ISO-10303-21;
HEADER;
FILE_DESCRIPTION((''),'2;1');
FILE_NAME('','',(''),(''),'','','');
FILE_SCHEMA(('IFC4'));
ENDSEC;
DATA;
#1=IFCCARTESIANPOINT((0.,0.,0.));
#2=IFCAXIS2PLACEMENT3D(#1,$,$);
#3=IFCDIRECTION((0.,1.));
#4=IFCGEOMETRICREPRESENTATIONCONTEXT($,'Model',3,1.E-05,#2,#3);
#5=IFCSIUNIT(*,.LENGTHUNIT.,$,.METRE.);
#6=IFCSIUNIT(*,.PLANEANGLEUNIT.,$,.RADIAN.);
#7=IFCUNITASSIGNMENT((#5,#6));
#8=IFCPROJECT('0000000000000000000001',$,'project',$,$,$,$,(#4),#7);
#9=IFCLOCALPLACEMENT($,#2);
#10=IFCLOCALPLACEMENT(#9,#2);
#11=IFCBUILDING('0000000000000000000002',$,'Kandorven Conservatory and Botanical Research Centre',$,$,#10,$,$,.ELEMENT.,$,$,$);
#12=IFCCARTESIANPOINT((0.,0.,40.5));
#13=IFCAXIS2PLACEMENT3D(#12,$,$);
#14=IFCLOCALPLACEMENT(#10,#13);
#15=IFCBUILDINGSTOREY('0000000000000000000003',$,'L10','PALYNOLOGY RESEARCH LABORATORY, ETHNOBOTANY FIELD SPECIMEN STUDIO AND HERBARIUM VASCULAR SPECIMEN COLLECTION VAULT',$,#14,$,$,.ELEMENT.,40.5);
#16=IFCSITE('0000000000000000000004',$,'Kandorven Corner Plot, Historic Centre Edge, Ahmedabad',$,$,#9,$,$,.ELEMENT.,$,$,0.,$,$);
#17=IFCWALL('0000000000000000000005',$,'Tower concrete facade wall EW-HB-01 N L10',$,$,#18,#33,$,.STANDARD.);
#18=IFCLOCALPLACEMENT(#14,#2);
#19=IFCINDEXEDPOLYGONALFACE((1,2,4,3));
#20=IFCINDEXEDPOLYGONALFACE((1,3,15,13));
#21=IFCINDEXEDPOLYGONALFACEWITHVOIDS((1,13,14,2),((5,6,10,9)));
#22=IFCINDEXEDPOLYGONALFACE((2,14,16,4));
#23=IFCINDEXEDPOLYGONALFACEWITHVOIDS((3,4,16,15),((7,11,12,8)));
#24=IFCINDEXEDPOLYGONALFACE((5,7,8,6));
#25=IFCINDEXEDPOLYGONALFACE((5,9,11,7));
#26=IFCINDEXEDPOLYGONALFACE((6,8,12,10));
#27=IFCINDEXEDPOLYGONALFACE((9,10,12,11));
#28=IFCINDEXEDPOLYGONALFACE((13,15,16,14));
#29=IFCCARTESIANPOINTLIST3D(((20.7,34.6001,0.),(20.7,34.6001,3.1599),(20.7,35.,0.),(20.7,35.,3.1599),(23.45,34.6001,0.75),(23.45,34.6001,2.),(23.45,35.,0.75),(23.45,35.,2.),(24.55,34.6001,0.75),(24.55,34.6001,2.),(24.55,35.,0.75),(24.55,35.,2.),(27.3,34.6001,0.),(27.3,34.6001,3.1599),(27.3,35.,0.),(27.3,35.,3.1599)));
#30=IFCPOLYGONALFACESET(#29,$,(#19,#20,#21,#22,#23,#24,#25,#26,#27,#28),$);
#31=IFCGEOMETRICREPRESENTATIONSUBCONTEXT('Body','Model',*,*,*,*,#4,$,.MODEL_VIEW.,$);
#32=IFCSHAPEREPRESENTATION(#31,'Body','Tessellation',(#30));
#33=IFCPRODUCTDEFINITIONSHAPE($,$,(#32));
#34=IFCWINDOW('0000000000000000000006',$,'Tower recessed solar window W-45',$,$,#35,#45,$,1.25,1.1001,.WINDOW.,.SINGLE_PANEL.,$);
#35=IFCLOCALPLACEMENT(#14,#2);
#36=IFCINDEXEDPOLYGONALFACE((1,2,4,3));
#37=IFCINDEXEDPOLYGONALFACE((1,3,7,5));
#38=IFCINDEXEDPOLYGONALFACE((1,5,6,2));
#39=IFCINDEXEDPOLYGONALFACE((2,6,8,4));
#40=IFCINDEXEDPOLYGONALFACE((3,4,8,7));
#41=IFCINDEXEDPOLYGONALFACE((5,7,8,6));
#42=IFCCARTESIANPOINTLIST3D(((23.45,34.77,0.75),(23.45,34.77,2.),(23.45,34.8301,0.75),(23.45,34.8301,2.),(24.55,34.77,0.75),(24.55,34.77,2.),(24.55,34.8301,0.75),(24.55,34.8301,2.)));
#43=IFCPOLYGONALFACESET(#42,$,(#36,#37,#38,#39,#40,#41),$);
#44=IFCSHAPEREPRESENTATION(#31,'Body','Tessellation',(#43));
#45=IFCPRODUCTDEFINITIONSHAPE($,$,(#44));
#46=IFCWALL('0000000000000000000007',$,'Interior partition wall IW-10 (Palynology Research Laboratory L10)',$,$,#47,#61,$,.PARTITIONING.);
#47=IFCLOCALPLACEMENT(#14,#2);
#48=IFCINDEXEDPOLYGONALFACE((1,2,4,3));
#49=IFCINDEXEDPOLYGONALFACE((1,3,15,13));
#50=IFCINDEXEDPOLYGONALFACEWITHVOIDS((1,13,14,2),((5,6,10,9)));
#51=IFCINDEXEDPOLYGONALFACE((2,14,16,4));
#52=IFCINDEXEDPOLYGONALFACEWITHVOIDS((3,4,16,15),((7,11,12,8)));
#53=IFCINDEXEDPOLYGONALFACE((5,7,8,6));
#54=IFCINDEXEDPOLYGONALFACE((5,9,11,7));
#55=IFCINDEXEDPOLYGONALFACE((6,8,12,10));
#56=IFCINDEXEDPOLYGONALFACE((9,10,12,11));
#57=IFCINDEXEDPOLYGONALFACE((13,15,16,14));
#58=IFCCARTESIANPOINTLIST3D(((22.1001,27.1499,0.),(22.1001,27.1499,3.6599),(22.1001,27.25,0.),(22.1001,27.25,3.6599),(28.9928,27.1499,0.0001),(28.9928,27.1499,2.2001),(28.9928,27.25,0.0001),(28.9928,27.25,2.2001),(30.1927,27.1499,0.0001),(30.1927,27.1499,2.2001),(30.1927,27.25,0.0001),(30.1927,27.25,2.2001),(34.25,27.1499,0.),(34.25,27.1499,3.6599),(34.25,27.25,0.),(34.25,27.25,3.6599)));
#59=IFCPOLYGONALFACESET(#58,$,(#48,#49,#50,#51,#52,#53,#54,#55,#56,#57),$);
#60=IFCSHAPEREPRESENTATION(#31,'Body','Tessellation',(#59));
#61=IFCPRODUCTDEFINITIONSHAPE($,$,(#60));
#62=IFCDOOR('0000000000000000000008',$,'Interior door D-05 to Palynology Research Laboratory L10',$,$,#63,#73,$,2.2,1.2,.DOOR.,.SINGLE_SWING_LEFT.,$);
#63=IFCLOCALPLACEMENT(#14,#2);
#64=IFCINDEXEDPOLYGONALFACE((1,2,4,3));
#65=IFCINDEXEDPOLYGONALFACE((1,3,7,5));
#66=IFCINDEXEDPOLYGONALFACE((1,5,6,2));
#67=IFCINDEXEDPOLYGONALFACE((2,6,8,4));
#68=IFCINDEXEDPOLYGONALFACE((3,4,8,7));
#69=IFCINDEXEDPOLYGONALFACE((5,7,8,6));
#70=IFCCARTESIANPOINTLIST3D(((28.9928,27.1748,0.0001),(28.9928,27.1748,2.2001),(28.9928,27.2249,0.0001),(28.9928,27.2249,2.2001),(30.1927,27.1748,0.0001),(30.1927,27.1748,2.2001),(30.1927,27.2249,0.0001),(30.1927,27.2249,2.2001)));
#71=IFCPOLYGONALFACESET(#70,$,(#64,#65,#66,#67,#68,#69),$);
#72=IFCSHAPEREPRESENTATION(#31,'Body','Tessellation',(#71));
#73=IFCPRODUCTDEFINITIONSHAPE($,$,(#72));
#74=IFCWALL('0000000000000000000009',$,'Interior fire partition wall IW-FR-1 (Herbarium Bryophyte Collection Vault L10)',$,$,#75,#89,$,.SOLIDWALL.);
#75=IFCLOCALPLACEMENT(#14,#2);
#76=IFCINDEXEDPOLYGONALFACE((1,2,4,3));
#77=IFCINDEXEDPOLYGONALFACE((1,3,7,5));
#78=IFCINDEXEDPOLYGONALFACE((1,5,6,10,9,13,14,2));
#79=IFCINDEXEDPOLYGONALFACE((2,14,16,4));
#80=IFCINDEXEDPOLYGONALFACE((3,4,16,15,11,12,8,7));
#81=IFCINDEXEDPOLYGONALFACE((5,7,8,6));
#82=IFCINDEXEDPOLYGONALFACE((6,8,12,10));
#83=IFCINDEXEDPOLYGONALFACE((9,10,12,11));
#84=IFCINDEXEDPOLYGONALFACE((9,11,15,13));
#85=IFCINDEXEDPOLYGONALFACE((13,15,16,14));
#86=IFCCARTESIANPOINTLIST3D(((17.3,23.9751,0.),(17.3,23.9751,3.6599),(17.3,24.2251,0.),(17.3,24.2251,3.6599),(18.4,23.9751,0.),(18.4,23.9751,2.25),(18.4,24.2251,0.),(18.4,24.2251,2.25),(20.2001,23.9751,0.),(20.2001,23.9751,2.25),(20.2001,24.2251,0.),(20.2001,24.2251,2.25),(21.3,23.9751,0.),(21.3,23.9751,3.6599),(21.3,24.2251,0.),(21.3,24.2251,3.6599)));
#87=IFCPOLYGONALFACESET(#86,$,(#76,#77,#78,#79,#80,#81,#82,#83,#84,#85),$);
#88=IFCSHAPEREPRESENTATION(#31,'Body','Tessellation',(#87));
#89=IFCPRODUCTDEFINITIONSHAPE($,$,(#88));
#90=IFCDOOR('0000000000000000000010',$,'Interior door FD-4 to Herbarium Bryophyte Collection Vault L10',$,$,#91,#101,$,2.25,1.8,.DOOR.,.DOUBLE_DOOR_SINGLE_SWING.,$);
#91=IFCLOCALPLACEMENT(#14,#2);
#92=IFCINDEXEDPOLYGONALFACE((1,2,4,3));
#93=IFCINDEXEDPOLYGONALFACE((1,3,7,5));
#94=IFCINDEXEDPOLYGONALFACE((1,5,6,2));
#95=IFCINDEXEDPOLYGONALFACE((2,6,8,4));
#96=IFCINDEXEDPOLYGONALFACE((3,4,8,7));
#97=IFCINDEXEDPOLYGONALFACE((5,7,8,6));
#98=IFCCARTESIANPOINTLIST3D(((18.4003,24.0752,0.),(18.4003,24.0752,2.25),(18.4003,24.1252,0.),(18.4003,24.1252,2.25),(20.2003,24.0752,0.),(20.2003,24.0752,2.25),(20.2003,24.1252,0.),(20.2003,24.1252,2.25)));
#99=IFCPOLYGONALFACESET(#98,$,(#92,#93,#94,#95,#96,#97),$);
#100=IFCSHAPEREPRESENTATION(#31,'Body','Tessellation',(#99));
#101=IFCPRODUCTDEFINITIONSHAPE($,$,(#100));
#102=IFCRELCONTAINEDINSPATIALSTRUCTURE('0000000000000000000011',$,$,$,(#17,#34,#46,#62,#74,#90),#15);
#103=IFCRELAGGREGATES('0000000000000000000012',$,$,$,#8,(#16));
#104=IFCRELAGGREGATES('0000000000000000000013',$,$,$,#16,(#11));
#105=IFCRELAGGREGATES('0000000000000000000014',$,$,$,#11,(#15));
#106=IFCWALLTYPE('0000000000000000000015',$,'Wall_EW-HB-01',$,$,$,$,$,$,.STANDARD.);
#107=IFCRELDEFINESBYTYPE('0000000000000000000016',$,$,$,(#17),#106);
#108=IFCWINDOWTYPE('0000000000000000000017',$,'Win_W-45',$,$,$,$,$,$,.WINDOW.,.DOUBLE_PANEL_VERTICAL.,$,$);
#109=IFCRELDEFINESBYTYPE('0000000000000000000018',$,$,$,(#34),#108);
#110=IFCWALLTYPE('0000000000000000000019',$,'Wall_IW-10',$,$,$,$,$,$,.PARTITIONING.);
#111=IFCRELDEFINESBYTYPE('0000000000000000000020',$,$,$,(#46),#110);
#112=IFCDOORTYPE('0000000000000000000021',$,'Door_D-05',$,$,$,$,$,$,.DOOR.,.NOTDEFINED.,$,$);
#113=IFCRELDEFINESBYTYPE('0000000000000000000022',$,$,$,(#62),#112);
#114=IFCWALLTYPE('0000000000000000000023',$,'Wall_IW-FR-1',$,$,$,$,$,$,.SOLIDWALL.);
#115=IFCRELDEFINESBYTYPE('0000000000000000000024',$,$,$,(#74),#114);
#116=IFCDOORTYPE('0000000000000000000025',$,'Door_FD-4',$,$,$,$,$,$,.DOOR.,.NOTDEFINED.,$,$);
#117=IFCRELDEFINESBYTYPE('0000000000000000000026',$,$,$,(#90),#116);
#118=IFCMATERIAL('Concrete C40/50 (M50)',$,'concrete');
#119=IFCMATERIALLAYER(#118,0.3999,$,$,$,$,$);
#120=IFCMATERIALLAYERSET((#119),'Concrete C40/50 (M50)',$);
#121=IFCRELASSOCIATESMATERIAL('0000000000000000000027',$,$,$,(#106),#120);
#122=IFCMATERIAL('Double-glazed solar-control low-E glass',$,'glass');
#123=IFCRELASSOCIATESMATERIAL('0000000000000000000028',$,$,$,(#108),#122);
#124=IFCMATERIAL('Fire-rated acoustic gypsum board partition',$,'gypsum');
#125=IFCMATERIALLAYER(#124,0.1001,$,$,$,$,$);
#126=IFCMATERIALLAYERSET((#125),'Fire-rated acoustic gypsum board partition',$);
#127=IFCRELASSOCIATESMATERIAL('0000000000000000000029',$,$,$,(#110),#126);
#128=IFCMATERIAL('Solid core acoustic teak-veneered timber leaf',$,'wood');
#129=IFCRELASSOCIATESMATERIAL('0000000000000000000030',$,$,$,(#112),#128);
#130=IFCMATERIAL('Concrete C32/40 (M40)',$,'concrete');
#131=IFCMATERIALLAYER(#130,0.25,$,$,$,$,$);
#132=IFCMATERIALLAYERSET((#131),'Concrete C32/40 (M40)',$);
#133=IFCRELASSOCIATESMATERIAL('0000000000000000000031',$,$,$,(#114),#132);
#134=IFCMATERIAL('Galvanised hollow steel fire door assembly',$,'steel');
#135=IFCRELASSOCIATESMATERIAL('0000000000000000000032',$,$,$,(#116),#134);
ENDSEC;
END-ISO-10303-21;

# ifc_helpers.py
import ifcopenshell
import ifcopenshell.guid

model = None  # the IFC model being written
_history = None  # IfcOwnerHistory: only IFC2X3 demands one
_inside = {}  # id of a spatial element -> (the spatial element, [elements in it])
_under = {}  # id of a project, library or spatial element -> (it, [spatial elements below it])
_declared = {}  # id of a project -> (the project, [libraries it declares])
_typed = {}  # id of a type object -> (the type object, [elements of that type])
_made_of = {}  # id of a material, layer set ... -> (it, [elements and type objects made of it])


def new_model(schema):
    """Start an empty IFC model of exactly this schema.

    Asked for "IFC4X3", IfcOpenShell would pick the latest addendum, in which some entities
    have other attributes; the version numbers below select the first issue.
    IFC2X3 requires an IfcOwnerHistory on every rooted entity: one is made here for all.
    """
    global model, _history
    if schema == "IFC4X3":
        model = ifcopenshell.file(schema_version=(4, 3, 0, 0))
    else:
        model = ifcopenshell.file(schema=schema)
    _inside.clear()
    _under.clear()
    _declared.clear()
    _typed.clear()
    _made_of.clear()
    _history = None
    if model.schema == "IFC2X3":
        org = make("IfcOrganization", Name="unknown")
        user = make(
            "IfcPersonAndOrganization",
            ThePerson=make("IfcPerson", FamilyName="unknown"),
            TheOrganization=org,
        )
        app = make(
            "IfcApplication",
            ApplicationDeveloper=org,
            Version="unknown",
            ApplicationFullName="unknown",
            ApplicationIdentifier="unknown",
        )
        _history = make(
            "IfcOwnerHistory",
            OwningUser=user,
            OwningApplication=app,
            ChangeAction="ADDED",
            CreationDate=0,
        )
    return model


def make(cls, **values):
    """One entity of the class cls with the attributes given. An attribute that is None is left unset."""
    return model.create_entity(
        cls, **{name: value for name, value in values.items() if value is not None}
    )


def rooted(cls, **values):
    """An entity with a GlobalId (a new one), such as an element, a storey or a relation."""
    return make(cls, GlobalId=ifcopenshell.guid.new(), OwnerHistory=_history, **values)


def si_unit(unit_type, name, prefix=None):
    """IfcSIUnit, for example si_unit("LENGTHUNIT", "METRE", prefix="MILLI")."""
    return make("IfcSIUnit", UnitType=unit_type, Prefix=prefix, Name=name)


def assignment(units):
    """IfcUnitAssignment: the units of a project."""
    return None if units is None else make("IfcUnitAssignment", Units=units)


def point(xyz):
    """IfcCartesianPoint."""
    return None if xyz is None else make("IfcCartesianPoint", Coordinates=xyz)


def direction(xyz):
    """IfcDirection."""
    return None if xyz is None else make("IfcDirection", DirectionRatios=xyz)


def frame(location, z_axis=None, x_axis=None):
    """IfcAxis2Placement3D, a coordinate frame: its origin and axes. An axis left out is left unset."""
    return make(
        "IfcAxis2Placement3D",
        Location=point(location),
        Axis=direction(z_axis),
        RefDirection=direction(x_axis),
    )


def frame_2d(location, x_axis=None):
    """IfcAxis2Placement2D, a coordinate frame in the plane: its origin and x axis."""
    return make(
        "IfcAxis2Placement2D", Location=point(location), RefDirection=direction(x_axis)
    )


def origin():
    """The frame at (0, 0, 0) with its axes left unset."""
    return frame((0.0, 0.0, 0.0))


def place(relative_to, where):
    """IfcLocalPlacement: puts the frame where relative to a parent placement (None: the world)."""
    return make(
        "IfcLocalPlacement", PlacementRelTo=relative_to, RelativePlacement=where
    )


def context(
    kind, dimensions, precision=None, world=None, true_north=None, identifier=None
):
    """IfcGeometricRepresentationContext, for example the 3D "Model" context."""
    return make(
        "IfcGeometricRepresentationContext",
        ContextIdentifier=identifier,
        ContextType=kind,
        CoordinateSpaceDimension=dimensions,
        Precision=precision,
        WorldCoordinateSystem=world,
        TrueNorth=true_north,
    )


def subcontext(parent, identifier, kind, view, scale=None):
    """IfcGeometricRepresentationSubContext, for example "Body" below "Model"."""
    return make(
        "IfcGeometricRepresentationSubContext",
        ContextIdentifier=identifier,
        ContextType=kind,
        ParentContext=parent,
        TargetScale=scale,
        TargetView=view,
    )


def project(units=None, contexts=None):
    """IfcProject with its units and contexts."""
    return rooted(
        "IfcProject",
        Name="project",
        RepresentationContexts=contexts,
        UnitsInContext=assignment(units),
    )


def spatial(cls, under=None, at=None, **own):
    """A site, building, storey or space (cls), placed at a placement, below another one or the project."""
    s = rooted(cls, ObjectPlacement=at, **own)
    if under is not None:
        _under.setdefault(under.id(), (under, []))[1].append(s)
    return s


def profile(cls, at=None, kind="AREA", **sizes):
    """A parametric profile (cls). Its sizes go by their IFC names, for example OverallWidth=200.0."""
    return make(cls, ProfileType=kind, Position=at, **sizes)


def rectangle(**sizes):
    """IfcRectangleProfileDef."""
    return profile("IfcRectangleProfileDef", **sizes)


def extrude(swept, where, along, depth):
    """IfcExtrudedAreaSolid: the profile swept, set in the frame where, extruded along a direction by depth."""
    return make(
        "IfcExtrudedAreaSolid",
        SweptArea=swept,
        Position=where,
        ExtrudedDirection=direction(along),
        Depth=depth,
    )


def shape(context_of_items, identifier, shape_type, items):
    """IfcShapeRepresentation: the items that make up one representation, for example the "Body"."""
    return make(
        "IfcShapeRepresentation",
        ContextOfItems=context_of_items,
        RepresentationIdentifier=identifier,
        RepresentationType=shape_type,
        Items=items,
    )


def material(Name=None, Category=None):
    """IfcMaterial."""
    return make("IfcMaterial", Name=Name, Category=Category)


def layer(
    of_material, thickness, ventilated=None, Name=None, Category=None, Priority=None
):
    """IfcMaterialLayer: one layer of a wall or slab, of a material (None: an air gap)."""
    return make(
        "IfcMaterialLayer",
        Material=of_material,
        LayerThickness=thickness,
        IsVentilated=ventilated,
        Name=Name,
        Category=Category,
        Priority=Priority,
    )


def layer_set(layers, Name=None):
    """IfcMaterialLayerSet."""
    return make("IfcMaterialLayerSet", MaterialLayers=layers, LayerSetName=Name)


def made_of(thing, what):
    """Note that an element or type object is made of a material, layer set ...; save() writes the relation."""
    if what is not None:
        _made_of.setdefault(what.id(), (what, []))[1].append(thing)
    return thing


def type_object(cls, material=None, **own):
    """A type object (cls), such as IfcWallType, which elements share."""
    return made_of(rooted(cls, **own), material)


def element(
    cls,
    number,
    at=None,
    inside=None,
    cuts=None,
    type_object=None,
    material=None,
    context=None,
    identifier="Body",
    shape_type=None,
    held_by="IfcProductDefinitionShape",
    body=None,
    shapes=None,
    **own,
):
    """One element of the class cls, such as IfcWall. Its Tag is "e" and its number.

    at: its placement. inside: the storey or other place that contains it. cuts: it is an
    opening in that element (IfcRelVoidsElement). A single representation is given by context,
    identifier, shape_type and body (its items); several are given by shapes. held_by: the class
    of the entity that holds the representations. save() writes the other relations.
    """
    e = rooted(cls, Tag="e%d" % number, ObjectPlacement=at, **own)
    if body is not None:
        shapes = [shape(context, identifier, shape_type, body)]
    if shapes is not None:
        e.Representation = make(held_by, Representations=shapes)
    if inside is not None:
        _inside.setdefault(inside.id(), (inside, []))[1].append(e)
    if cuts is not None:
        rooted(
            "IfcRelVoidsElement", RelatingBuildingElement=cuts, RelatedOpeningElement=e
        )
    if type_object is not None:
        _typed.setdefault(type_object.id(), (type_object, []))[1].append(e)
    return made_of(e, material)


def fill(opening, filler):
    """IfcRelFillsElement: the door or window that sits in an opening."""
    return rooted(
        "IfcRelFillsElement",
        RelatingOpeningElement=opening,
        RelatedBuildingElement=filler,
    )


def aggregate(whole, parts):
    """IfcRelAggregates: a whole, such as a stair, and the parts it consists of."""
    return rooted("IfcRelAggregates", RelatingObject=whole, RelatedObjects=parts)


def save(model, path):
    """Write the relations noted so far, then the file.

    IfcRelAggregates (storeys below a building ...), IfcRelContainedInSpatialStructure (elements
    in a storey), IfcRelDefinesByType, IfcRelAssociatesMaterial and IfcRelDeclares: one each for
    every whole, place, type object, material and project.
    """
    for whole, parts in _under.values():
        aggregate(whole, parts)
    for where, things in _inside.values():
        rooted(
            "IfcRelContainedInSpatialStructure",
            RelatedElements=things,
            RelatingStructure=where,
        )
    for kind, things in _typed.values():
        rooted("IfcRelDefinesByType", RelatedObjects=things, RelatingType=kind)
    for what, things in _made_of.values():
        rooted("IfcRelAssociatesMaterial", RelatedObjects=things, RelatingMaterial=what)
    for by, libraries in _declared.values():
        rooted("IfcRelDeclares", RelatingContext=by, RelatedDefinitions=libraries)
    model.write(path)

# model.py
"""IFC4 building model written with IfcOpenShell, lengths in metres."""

from ifc_helpers import new_model, si_unit, direction, frame, frame_2d, origin, place, context, subcontext, project, spatial, rectangle, extrude, material, layer, layer_set, type_object, element, fill, save


model = new_model("IFC4")

# Units and contexts
model_context = context("Model", 3, precision=1e-05, world=origin(), true_north=direction((0.0, 1.0)))
body_context = subcontext(model_context, "Body", "Model", "MODEL_VIEW")
ifc_project = project(units=[si_unit("LENGTHUNIT", "METRE"), si_unit("PLANEANGLEUNIT", "RADIAN")], contexts=[model_context])

# Site, building, storey
site_placement = place(None, origin())
site = spatial("IfcSite", under=ifc_project, at=site_placement, Name="Kandorven Corner Plot, Historic Centre Edge, Ahmedabad", CompositionType="ELEMENT", RefElevation=0.0)
building_placement = place(site_placement, origin())
building = spatial("IfcBuilding", under=site, at=building_placement, Name="Kandorven Conservatory and Botanical Research Centre", CompositionType="ELEMENT")
storey_placement = place(building_placement, frame((0.0, 0.0, 40.5)))
storey = spatial("IfcBuildingStorey", under=building, at=storey_placement, Name="L10", Description="PALYNOLOGY RESEARCH LABORATORY, ETHNOBOTANY FIELD SPECIMEN STUDIO AND HERBARIUM VASCULAR SPECIMEN COLLECTION VAULT", CompositionType="ELEMENT", Elevation=40.5)

# Wall, opening, window
ifc_material_1 = material(Name="Concrete C40/50 (M50)", Category="concrete")
ifc_layer_1 = layer(ifc_material_1, 0.3999)
ifc_layer_set_1 = layer_set([ifc_layer_1], Name="Concrete C40/50 (M50)")
wall_type_1 = type_object("IfcWallType", Name="Wall_EW-HB-01", PredefinedType="STANDARD", material=ifc_layer_set_1)
wall_1_placement = place(storey_placement, frame((20.7, 34.8, 0.0), z_axis=(0.0, 0.0, 1.0), x_axis=(1.0, 0.0, 0.0)))
wall_1 = element("IfcWall", 1, at=wall_1_placement, inside=storey, type_object=wall_type_1, Name="Tower concrete facade wall EW-HB-01 N L10", PredefinedType="STANDARD", context=body_context, shape_type="SweptSolid", body=[
    extrude(rectangle(XDim=6.6001, YDim=0.3999, at=frame_2d((3.3, 0.0))), origin(), (0.0, 0.0, 1.0), 3.1599),
])
opening_1_placement = place(wall_1_placement, frame((2.75, 0.0, 0.75)))
opening_1 = element("IfcOpeningElement", 2, at=opening_1_placement, cuts=wall_1, PredefinedType="OPENING", context=body_context, shape_type="SweptSolid", body=[
    extrude(rectangle(XDim=1.1001, YDim=1.25, at=frame_2d((0.55, 0.625))), frame((0.0, 0.21, 0.0), z_axis=(0.0, -1.0, 0.0), x_axis=(1.0, 0.0, 0.0)), (0.0, 0.0, 1.0), 0.4199),
])
ifc_material_2 = material(Name="Double-glazed solar-control low-E glass", Category="glass")
window_type = type_object("IfcWindowType", Name="Win_W-45", PartitioningType="DOUBLE_PANEL_VERTICAL", PredefinedType="WINDOW", material=ifc_material_2)
window_placement = place(opening_1_placement, origin())
window = element("IfcWindow", 3, at=window_placement, inside=storey, type_object=window_type, Name="Tower recessed solar window W-45", OverallHeight=1.25, OverallWidth=1.1001, PartitioningType="SINGLE_PANEL", PredefinedType="WINDOW", context=body_context, shape_type="SweptSolid", body=[
    extrude(rectangle(XDim=1.1001, YDim=1.25, at=frame_2d((0.55, 0.625))), frame((0.0, 0.03, 0.0), z_axis=(0.0, -1.0, 0.0), x_axis=(1.0, 0.0, 0.0)), (0.0, 0.0, 1.0), 0.0601),
])
fill(opening_1, window)

# Walls, openings, doors
ifc_material_3 = material(Name="Fire-rated acoustic gypsum board partition", Category="gypsum")
ifc_layer_2 = layer(ifc_material_3, 0.1001)
ifc_layer_set_2 = layer_set([ifc_layer_2], Name="Fire-rated acoustic gypsum board partition")
wall_type_2 = type_object("IfcWallType", Name="Wall_IW-10", PredefinedType="PARTITIONING", material=ifc_layer_set_2)
wall_2_placement = place(storey_placement, frame((22.1001, 27.2, 0.0), z_axis=(0.0, 0.0, 1.0), x_axis=(1.0, 0.0, 0.0)))
wall_2 = element("IfcWall", 4, at=wall_2_placement, inside=storey, type_object=wall_type_2, Name="Interior partition wall IW-10 (Palynology Research Laboratory L10)", PredefinedType="PARTITIONING", context=body_context, shape_type="SweptSolid", body=[
    extrude(rectangle(XDim=12.1499, YDim=0.1001, at=frame_2d((6.075, 0.0))), origin(), (0.0, 0.0, 1.0), 3.6599),
])
opening_2_placement = place(wall_2_placement, frame((6.8926, 0.0, 0.0)))
opening_2 = element("IfcOpeningElement", 5, at=opening_2_placement, cuts=wall_2, PredefinedType="OPENING", context=body_context, shape_type="SweptSolid", body=[
    extrude(rectangle(XDim=1.2, YDim=2.2, at=frame_2d((0.6001, 1.1001))), frame((0.0, 0.0601, 0.0), z_axis=(0.0, -1.0, 0.0), x_axis=(1.0, 0.0, 0.0)), (0.0, 0.0, 1.0), 0.1201),
])
ifc_material_4 = material(Name="Solid core acoustic teak-veneered timber leaf", Category="wood")
door_type_1 = type_object("IfcDoorType", Name="Door_D-05", OperationType="NOTDEFINED", PredefinedType="DOOR", material=ifc_material_4)
door_1_placement = place(opening_2_placement, origin())
door_1 = element("IfcDoor", 6, at=door_1_placement, inside=storey, type_object=door_type_1, Name="Interior door D-05 to Palynology Research Laboratory L10", OperationType="SINGLE_SWING_LEFT", OverallHeight=2.2, OverallWidth=1.2, PredefinedType="DOOR", context=body_context, shape_type="SweptSolid", body=[
    extrude(rectangle(XDim=1.2, YDim=2.2, at=frame_2d((0.6001, 1.1001))), frame((0.0, 0.0249, 0.0), z_axis=(0.0, -1.0, 0.0), x_axis=(1.0, 0.0, 0.0)), (0.0, 0.0, 1.0), 0.05),
])
fill(opening_2, door_1)
ifc_material_5 = material(Name="Concrete C32/40 (M40)", Category="concrete")
ifc_layer_3 = layer(ifc_material_5, 0.25)
ifc_layer_set_3 = layer_set([ifc_layer_3], Name="Concrete C32/40 (M40)")
wall_type_3 = type_object("IfcWallType", Name="Wall_IW-FR-1", PredefinedType="SOLIDWALL", material=ifc_layer_set_3)
wall_3_placement = place(storey_placement, frame((17.3, 24.1001, 0.0), z_axis=(0.0, 0.0, 1.0), x_axis=(1.0, 0.0, 0.0)))
wall_3 = element("IfcWall", 7, at=wall_3_placement, inside=storey, type_object=wall_type_3, Name="Interior fire partition wall IW-FR-1 (Herbarium Bryophyte Collection Vault L10)", PredefinedType="SOLIDWALL", context=body_context, shape_type="SweptSolid", body=[
    extrude(rectangle(XDim=4.0, YDim=0.25, at=frame_2d((2.0, 0.0))), origin(), (0.0, 0.0, 1.0), 3.6599),
])
opening_3_placement = place(wall_3_placement, frame((1.1001, 0.0, 0.0)))
opening_3 = element("IfcOpeningElement", 8, at=opening_3_placement, cuts=wall_3, PredefinedType="OPENING", context=body_context, shape_type="SweptSolid", body=[
    extrude(rectangle(XDim=1.8, YDim=2.25, at=frame_2d((0.8999, 1.125))), frame((0.0, 0.135, 0.0), z_axis=(0.0, -1.0, 0.0), x_axis=(1.0, 0.0, 0.0)), (0.0, 0.0, 1.0), 0.27),
])
ifc_material_6 = material(Name="Galvanised hollow steel fire door assembly", Category="steel")
door_type_2 = type_object("IfcDoorType", Name="Door_FD-4", OperationType="NOTDEFINED", PredefinedType="DOOR", material=ifc_material_6)
door_2_placement = place(opening_3_placement, frame((1.8, 0.0, 0.0), z_axis=(0.0, 0.0, 1.0), x_axis=(-1.0, 0.0, 0.0)))
door_2 = element("IfcDoor", 9, at=door_2_placement, inside=storey, type_object=door_type_2, Name="Interior door FD-4 to Herbarium Bryophyte Collection Vault L10", OperationType="DOUBLE_DOOR_SINGLE_SWING", OverallHeight=2.25, OverallWidth=1.8, PredefinedType="DOOR", context=body_context, shape_type="SweptSolid", body=[
    extrude(rectangle(XDim=1.8, YDim=2.25, at=frame_2d((0.8999, 1.125))), frame((0.0, 0.0249, 0.0), z_axis=(0.0, -1.0, 0.0), x_axis=(1.0, 0.0, 0.0)), (0.0, 0.0, 1.0), 0.05),
])
fill(opening_3, door_2)

save(model, "model.ifc")
